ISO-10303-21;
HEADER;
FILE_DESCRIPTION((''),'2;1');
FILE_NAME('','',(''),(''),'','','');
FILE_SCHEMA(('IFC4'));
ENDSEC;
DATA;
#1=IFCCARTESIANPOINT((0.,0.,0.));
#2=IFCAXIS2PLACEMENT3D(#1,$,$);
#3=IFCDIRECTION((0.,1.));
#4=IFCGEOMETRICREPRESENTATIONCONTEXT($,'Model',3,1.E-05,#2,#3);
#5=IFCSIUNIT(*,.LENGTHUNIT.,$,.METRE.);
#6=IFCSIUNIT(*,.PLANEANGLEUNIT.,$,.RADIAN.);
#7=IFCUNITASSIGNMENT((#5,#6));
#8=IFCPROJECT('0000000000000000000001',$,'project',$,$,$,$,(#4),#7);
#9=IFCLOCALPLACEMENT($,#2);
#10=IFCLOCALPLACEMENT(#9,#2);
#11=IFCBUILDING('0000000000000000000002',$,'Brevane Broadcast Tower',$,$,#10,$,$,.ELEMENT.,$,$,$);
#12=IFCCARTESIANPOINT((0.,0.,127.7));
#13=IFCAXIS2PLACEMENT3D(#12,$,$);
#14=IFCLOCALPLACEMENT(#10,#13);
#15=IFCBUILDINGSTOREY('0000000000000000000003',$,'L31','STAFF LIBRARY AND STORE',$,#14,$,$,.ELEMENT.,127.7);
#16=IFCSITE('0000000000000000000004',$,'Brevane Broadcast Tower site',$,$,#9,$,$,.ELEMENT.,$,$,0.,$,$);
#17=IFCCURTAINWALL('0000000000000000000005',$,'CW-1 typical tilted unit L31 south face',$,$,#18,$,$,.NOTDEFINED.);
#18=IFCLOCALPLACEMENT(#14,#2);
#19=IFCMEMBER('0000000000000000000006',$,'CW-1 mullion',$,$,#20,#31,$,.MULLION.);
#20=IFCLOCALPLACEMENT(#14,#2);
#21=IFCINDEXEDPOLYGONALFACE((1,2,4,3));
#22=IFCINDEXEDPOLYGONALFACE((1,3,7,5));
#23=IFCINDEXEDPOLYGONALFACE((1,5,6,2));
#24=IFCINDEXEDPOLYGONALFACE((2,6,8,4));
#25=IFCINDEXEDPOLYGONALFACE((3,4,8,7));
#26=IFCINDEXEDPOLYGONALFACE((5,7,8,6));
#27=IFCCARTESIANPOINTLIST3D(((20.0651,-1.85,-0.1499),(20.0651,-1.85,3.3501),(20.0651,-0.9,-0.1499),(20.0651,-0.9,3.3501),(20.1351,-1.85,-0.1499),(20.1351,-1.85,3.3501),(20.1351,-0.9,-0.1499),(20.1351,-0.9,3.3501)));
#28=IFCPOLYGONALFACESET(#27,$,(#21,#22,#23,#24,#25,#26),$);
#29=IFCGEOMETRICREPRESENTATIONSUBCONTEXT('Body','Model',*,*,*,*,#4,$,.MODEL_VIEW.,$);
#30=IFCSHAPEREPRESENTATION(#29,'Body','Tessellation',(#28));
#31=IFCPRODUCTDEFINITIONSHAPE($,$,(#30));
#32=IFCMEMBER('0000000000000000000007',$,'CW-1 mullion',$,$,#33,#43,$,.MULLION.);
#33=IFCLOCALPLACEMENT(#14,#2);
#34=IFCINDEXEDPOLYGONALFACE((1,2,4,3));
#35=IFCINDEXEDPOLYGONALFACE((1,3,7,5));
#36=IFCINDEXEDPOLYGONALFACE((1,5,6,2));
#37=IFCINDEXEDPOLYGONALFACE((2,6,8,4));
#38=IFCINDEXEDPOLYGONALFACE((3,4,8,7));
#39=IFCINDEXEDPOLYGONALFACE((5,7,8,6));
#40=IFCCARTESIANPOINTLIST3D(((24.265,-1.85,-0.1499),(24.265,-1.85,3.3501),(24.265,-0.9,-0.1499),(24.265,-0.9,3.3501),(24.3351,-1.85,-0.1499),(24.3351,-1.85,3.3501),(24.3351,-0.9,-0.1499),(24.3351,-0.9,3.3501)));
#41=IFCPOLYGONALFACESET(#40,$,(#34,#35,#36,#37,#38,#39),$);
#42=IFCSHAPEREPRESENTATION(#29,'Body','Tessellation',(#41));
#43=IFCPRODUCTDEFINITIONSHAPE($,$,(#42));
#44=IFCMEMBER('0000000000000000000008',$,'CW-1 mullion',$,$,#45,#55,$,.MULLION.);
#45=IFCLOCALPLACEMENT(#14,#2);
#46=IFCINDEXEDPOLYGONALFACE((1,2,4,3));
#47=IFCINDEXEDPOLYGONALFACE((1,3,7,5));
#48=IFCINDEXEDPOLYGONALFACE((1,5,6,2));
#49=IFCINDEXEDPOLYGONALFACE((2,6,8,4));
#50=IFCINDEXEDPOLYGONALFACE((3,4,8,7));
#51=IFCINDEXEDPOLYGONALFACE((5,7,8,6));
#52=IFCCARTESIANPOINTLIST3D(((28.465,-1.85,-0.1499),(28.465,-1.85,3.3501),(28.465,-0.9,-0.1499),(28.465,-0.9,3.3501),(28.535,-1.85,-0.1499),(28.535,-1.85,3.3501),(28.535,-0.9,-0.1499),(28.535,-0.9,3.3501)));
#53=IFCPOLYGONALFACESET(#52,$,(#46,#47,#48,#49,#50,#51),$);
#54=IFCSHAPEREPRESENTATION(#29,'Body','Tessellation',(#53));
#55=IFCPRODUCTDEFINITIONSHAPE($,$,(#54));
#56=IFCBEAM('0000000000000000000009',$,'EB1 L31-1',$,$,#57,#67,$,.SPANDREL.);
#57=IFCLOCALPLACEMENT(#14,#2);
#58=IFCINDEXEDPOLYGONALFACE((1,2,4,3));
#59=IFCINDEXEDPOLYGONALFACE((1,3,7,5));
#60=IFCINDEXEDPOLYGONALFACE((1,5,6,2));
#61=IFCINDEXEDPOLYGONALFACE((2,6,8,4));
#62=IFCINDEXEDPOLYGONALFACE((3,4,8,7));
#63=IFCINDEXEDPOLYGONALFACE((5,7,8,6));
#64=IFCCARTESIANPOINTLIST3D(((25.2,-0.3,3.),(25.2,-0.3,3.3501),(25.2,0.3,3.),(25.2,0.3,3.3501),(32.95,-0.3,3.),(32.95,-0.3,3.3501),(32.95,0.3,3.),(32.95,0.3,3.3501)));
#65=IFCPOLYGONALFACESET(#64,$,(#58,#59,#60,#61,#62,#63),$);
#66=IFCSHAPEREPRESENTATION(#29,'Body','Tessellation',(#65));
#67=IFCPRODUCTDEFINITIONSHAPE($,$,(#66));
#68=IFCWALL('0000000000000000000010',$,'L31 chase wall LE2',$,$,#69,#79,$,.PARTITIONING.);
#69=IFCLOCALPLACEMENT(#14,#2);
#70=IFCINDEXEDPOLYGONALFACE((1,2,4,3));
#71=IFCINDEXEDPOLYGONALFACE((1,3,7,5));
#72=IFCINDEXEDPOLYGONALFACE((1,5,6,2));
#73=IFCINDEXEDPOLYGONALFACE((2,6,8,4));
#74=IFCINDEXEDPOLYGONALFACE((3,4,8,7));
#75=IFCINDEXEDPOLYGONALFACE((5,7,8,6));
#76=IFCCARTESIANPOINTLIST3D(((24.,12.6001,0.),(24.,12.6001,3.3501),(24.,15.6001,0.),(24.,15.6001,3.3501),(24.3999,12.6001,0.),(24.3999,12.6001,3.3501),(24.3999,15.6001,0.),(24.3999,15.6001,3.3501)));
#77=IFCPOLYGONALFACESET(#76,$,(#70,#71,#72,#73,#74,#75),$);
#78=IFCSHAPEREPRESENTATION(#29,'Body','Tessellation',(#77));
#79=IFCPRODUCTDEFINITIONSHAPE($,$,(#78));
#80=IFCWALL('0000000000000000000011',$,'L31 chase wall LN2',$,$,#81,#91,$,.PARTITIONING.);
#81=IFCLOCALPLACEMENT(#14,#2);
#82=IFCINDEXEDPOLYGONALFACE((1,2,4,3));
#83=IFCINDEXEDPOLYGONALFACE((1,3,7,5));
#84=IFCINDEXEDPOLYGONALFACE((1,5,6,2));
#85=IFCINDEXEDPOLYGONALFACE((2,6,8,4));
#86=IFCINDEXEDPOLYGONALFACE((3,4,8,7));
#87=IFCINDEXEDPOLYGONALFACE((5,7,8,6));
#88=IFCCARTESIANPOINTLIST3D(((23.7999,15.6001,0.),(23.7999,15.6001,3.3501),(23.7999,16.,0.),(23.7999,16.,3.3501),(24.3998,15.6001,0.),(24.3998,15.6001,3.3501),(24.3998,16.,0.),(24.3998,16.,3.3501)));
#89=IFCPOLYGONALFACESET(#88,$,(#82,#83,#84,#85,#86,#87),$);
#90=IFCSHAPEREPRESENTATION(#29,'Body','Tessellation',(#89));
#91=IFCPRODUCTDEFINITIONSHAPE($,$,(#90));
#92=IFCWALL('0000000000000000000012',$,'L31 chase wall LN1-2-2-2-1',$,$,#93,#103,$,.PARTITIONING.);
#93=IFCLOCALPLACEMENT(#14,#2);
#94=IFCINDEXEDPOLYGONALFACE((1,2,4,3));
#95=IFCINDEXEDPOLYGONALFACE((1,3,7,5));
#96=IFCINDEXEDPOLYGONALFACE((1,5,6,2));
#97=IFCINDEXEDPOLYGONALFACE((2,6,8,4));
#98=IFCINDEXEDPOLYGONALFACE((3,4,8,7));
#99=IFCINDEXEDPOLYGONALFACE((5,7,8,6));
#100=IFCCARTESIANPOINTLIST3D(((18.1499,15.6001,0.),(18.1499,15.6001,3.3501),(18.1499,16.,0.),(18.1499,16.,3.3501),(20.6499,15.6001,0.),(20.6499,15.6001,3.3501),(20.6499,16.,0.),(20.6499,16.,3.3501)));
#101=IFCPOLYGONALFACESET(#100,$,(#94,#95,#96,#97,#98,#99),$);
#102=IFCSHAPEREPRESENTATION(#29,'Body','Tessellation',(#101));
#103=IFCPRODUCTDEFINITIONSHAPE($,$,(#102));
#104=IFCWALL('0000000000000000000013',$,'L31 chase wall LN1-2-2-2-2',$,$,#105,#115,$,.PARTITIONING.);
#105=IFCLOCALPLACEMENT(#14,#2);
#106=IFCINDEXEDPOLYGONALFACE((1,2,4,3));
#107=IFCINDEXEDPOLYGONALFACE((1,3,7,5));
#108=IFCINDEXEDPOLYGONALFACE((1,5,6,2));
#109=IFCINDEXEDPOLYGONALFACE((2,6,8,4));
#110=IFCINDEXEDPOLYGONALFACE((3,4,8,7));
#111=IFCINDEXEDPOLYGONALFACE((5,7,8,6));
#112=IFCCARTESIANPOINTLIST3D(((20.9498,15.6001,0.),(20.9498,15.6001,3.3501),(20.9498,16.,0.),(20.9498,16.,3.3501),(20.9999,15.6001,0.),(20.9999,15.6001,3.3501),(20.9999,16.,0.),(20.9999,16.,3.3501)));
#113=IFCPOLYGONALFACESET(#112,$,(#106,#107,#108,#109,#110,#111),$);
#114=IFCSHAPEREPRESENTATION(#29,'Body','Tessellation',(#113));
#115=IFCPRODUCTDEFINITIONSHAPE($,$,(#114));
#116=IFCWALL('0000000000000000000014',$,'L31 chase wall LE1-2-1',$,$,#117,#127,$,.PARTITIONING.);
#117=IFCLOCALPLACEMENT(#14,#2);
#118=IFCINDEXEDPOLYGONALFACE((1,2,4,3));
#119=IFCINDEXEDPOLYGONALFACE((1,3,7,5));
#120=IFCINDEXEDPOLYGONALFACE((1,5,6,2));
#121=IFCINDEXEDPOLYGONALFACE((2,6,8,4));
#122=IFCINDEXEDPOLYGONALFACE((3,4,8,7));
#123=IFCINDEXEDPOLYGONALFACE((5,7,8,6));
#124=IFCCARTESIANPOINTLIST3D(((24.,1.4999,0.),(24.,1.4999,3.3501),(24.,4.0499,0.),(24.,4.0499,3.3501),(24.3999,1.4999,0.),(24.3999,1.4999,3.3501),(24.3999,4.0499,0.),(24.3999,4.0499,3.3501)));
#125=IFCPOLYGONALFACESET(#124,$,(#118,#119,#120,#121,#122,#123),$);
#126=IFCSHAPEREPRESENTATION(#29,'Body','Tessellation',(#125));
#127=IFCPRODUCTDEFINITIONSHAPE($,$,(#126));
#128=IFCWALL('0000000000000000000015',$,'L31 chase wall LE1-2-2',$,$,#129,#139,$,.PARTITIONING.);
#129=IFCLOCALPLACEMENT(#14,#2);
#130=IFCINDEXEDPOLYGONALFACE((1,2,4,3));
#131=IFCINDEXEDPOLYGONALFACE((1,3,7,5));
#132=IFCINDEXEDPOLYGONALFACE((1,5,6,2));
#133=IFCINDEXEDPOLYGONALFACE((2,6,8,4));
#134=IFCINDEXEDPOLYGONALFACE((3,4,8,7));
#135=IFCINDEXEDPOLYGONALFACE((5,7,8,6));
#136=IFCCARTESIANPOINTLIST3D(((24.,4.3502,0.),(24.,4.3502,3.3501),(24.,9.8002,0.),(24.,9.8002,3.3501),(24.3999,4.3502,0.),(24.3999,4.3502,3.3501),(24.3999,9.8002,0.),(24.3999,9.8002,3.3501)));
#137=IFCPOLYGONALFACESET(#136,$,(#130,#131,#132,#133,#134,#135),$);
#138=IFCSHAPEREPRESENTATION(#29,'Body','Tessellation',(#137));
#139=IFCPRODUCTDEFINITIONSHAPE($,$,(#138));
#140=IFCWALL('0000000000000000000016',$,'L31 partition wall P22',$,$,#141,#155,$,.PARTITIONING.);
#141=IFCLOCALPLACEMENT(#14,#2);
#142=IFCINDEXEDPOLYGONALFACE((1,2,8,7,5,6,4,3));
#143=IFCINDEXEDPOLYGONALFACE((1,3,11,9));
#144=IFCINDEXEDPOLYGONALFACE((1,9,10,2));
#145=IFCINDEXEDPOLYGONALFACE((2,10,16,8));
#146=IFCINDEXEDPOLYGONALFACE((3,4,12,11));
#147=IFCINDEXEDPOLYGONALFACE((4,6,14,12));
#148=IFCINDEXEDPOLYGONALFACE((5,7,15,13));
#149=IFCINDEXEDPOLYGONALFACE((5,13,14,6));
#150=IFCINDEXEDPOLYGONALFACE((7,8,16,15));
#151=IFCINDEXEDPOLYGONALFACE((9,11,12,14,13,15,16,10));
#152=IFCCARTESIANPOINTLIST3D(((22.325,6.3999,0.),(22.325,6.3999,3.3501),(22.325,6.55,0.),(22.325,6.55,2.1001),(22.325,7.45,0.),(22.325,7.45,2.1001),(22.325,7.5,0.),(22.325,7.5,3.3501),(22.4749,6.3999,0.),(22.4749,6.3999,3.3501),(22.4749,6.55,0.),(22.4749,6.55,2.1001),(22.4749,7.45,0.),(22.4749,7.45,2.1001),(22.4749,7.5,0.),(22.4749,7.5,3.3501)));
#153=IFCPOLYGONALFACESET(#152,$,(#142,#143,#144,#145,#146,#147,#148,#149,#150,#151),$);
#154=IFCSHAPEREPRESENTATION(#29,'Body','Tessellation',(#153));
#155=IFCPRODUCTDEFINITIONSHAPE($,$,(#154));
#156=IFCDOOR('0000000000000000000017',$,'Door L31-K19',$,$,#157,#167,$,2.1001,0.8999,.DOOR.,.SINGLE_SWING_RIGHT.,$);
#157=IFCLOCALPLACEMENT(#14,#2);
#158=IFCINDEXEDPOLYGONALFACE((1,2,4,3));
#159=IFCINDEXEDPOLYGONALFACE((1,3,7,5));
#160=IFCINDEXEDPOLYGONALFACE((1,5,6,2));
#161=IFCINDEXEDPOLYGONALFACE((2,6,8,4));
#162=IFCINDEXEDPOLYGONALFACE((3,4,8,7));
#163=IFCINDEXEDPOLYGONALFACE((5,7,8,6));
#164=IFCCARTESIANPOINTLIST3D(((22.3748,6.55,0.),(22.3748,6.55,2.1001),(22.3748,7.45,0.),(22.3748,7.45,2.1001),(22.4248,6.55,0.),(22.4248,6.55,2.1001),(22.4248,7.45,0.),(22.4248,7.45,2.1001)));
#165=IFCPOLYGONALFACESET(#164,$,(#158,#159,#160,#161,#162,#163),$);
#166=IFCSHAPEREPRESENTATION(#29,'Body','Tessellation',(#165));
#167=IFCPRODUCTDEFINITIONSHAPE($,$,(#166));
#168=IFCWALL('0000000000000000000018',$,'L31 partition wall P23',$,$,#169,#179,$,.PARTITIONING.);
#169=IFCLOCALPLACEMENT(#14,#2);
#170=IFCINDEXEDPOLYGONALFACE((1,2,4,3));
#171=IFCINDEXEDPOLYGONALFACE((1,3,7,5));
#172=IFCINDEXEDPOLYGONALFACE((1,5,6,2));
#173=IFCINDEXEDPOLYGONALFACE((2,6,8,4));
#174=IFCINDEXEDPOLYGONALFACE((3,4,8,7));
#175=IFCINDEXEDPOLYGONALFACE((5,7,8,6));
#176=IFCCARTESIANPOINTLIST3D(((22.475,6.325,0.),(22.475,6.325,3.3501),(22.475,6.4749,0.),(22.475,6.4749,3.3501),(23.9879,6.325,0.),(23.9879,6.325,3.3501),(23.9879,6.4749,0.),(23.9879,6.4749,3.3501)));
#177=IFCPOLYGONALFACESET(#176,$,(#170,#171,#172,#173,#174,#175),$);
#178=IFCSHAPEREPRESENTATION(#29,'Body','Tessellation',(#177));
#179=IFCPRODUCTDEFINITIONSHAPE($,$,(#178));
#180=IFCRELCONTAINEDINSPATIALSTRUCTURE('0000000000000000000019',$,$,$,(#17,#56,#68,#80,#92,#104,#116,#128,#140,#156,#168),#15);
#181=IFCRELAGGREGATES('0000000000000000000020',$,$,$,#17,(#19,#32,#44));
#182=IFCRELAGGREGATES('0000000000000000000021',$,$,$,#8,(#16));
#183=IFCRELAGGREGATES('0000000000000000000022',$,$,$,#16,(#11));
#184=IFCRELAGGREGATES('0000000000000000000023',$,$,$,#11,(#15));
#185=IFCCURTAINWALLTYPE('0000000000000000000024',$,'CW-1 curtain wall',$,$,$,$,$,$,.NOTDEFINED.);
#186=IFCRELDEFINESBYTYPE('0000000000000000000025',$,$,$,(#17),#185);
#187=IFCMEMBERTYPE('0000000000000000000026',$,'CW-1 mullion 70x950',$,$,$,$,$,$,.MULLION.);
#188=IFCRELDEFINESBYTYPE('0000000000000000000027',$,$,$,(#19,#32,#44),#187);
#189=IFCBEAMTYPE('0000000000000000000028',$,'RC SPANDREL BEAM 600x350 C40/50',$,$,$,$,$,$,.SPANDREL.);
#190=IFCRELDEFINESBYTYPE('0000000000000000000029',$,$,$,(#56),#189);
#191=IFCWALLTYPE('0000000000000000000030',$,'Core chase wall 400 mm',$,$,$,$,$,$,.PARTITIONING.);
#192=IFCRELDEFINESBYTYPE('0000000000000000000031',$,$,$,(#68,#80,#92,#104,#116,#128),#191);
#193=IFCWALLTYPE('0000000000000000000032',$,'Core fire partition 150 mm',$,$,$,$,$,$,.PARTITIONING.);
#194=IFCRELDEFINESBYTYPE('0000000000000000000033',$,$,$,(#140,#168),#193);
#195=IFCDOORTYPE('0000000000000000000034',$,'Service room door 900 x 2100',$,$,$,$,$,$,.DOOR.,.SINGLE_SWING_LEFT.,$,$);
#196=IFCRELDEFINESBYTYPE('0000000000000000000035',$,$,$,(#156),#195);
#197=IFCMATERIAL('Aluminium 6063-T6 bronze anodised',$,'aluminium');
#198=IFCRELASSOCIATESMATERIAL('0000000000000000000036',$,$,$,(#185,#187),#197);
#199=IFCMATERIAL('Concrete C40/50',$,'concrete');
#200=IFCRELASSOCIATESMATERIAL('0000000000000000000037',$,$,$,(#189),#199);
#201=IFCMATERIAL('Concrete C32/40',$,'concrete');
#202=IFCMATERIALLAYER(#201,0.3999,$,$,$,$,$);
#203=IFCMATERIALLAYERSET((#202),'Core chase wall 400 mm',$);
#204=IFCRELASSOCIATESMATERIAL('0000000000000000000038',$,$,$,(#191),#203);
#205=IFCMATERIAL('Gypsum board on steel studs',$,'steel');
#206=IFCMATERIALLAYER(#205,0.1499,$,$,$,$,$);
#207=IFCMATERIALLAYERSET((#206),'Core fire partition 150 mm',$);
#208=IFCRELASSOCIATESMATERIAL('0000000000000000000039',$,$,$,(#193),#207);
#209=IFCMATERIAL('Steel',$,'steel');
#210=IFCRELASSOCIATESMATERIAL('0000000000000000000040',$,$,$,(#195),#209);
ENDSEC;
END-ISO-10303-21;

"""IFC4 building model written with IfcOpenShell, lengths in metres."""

from ifc_helpers import new_model, si_unit, direction, frame, frame_2d, origin, origin_2d, place, context, subcontext, project, spatial, rectangle, extrude, material, layer, layer_set, material_profile, profile_set, type_object, element, fill, aggregate, save


model = new_model("IFC4")

# Units and contexts
model_context = context("Model", 3, precision=1e-05, world=origin(), true_north=direction((0.0, 1.0)))
body_context = subcontext(model_context, "Body", "Model", "MODEL_VIEW")
ifc_project = project(units=[si_unit("LENGTHUNIT", "METRE"), si_unit("PLANEANGLEUNIT", "RADIAN")], contexts=[model_context])

# Site, building, storey
site_placement = place(None, origin())
site = spatial("IfcSite", under=ifc_project, at=site_placement, Name="Brevane Broadcast Tower site", CompositionType="ELEMENT", RefElevation=0.0)
building_placement = place(site_placement, origin())
building = spatial("IfcBuilding", under=site, at=building_placement, Name="Brevane Broadcast Tower", CompositionType="ELEMENT")
storey_placement = place(building_placement, frame((0.0, 0.0, 127.7)))
storey = spatial("IfcBuildingStorey", under=building, at=storey_placement, Name="L31", Description="STAFF LIBRARY AND STORE", CompositionType="ELEMENT", Elevation=127.7)

# Curtain wall, members
ifc_material_1 = material(Name="Aluminium 6063-T6 bronze anodised", Category="aluminium")
curtain_wall_type = type_object("IfcCurtainWallType", Name="CW-1 curtain wall", PredefinedType="NOTDEFINED", material=ifc_material_1)
curtain_wall_placement = place(storey_placement, origin())
curtain_wall = element("IfcCurtainWall", 1, at=curtain_wall_placement, inside=storey, type_object=curtain_wall_type, Name="CW-1 typical tilted unit L31 south face", PredefinedType="NOTDEFINED")
ifc_material_profile_1 = material_profile(ifc_material_1, rectangle(XDim=0.95, YDim=0.0701, at=origin_2d()), Name="RECT 70x950")
ifc_profile_set_1 = profile_set([ifc_material_profile_1], Name="Aluminium 6063-T6 bronze anodised")
member_type = type_object("IfcMemberType", Name="CW-1 mullion 70x950", PredefinedType="MULLION", material=ifc_profile_set_1)
member_1_placement = place(storey_placement, frame((20.1001, -1.375, -0.1499), z_axis=(0.0, 0.0, 1.0), x_axis=(0.0, 1.0, 0.0)))
member_1 = element("IfcMember", 2, at=member_1_placement, type_object=member_type, Name="CW-1 mullion", PredefinedType="MULLION", context=body_context, shape_type="SweptSolid", body=[
    extrude(rectangle(XDim=0.95, YDim=0.0701, at=origin_2d()), origin(), (0.0, 0.0, 1.0), 3.5),
])
member_2_placement = place(storey_placement, frame((24.3, -1.375, -0.1499), z_axis=(0.0, 0.0, 1.0), x_axis=(0.0, 1.0, 0.0)))
member_2 = element("IfcMember", 3, at=member_2_placement, type_object=member_type, Name="CW-1 mullion", PredefinedType="MULLION", context=body_context, shape_type="SweptSolid", body=[
    extrude(rectangle(XDim=0.95, YDim=0.0701, at=origin_2d()), origin(), (0.0, 0.0, 1.0), 3.5),
])
member_3_placement = place(storey_placement, frame((28.5, -1.375, -0.1499), z_axis=(0.0, 0.0, 1.0), x_axis=(0.0, 1.0, 0.0)))
member_3 = element("IfcMember", 4, at=member_3_placement, type_object=member_type, Name="CW-1 mullion", PredefinedType="MULLION", context=body_context, shape_type="SweptSolid", body=[
    extrude(rectangle(XDim=0.95, YDim=0.0701, at=origin_2d()), origin(), (0.0, 0.0, 1.0), 3.5),
])
aggregate(curtain_wall, [member_1, member_2, member_3])

# Beam
ifc_material_2 = material(Name="Concrete C40/50", Category="concrete")
ifc_material_profile_2 = material_profile(ifc_material_2, rectangle(XDim=0.6001, YDim=0.3501, at=origin_2d()), Name="RC 600x350")
ifc_profile_set_2 = profile_set([ifc_material_profile_2], Name="Concrete C40/50")
beam_type = type_object("IfcBeamType", Name="RC SPANDREL BEAM 600x350 C40/50", PredefinedType="SPANDREL", material=ifc_profile_set_2)
beam_placement = place(storey_placement, frame((25.2, 0.0, 3.175), z_axis=(1.0, 0.0, 0.0), x_axis=(0.0, 1.0, 0.0)))
element("IfcBeam", 5, at=beam_placement, inside=storey, type_object=beam_type, Name="EB1 L31-1", PredefinedType="SPANDREL", context=body_context, shape_type="SweptSolid", body=[
    extrude(rectangle(XDim=0.6001, YDim=0.3501, at=origin_2d()), origin(), (0.0, 0.0, 1.0), 7.75),
])

# Walls
ifc_material_3 = material(Name="Concrete C32/40", Category="concrete")
ifc_layer_1 = layer(ifc_material_3, 0.3999)
ifc_layer_set_1 = layer_set([ifc_layer_1], Name="Core chase wall 400 mm")
wall_type_1 = type_object("IfcWallType", Name="Core chase wall 400 mm", PredefinedType="PARTITIONING", material=ifc_layer_set_1)
wall_1_placement = place(storey_placement, frame((24.2, 12.6001, 0.0), z_axis=(0.0, 0.0, 1.0), x_axis=(0.0, 1.0, 0.0)))
element("IfcWall", 6, at=wall_1_placement, inside=storey, type_object=wall_type_1, Name="L31 chase wall LE2", PredefinedType="PARTITIONING", context=body_context, shape_type="SweptSolid", body=[
    extrude(rectangle(XDim=3.0, YDim=0.3999, at=frame_2d((1.5, 0.0))), origin(), (0.0, 0.0, 1.0), 3.3501),
])
wall_2_placement = place(storey_placement, frame((23.8, 15.8, 0.0), z_axis=(0.0, 0.0, 1.0), x_axis=(1.0, 0.0, 0.0)))
element("IfcWall", 7, at=wall_2_placement, inside=storey, type_object=wall_type_1, Name="L31 chase wall LN2", PredefinedType="PARTITIONING", context=body_context, shape_type="SweptSolid", body=[
    extrude(rectangle(XDim=0.5999, YDim=0.3999, at=frame_2d((0.2998, 0.0))), origin(), (0.0, 0.0, 1.0), 3.3501),
])
wall_3_placement = place(storey_placement, frame((18.1499, 15.8, 0.0), z_axis=(0.0, 0.0, 1.0), x_axis=(1.0, 0.0, 0.0)))
element("IfcWall", 8, at=wall_3_placement, inside=storey, type_object=wall_type_1, Name="L31 chase wall LN1-2-2-2-1", PredefinedType="PARTITIONING", context=body_context, shape_type="SweptSolid", body=[
    extrude(rectangle(XDim=2.5, YDim=0.3999, at=frame_2d((1.25, 0.0))), origin(), (0.0, 0.0, 1.0), 3.3501),
])
wall_4_placement = place(storey_placement, frame((20.95, 15.8, 0.0), z_axis=(0.0, 0.0, 1.0), x_axis=(1.0, 0.0, 0.0)))
element("IfcWall", 9, at=wall_4_placement, inside=storey, type_object=wall_type_1, Name="L31 chase wall LN1-2-2-2-2", PredefinedType="PARTITIONING", context=body_context, shape_type="SweptSolid", body=[
    extrude(rectangle(XDim=0.05, YDim=0.3999, at=frame_2d((0.0249, 0.0))), origin(), (0.0, 0.0, 1.0), 3.3501),
])
wall_5_placement = place(storey_placement, frame((24.2, 1.5, 0.0), z_axis=(0.0, 0.0, 1.0), x_axis=(0.0, 1.0, 0.0)))
element("IfcWall", 10, at=wall_5_placement, inside=storey, type_object=wall_type_1, Name="L31 chase wall LE1-2-1", PredefinedType="PARTITIONING", context=body_context, shape_type="SweptSolid", body=[
    extrude(rectangle(XDim=2.55, YDim=0.3999, at=frame_2d((1.2749, 0.0))), origin(), (0.0, 0.0, 1.0), 3.3501),
])
wall_6_placement = place(storey_placement, frame((24.2, 4.3501, 0.0), z_axis=(0.0, 0.0, 1.0), x_axis=(0.0, 1.0, 0.0)))
element("IfcWall", 11, at=wall_6_placement, inside=storey, type_object=wall_type_1, Name="L31 chase wall LE1-2-2", PredefinedType="PARTITIONING", context=body_context, shape_type="SweptSolid", body=[
    extrude(rectangle(XDim=5.45, YDim=0.3999, at=frame_2d((2.7251, 0.0))), origin(), (0.0, 0.0, 1.0), 3.3501),
])

# Wall, opening, door
ifc_material_4 = material(Name="Gypsum board on steel studs", Category="steel")
ifc_layer_2 = layer(ifc_material_4, 0.1499)
ifc_layer_set_2 = layer_set([ifc_layer_2], Name="Core fire partition 150 mm")
wall_type_2 = type_object("IfcWallType", Name="Core fire partition 150 mm", PredefinedType="PARTITIONING", material=ifc_layer_set_2)
wall_7_placement = place(storey_placement, frame((22.3999, 7.5, 0.0), z_axis=(0.0, 0.0, 1.0), x_axis=(0.0, -1.0, 0.0)))
wall_7 = element("IfcWall", 12, at=wall_7_placement, inside=storey, type_object=wall_type_2, Name="L31 partition wall P22", PredefinedType="PARTITIONING", context=body_context, shape_type="SweptSolid", body=[
    extrude(rectangle(XDim=1.1001, YDim=0.1499, at=frame_2d((0.55, 0.0))), origin(), (0.0, 0.0, 1.0), 3.3501),
])
opening_1_placement = place(wall_7_placement, frame((0.05, 0.0, 0.0)))
opening_1 = element("IfcOpeningElement", 13, at=opening_1_placement, cuts=wall_7, PredefinedType="OPENING", context=body_context, shape_type="SweptSolid", body=[
    extrude(rectangle(XDim=0.8999, YDim=2.1001, at=frame_2d((0.45, 1.05))), frame((0.0, 0.085, 0.0), z_axis=(0.0, -1.0, 0.0), x_axis=(1.0, 0.0, 0.0)), (0.0, 0.0, 1.0), 0.1699),
])
ifc_material_5 = material(Name="Steel", Category="steel")
door_type = type_object("IfcDoorType", Name="Service room door 900 x 2100", OperationType="SINGLE_SWING_LEFT", PredefinedType="DOOR", material=ifc_material_5)
door_1_placement = place(opening_1_placement, origin())
door_1 = element("IfcDoor", 14, at=door_1_placement, inside=storey, type_object=door_type, Name="Door L31-K19", OperationType="SINGLE_SWING_RIGHT", OverallHeight=2.1001, OverallWidth=0.8999, PredefinedType="DOOR", context=body_context, shape_type="SweptSolid", body=[
    extrude(rectangle(XDim=0.8999, YDim=2.1001, at=frame_2d((0.45, 1.05))), frame((0.0, 0.0249, 0.0), z_axis=(0.0, -1.0, 0.0), x_axis=(1.0, 0.0, 0.0)), (0.0, 0.0, 1.0), 0.05),
])
fill(opening_1, door_1)

# Wall
wall_8_placement = place(storey_placement, frame((22.4751, 6.3999, 0.0), z_axis=(0.0, 0.0, 1.0), x_axis=(1.0, 0.0, 0.0)))
element("IfcWall", 15, at=wall_8_placement, inside=storey, type_object=wall_type_2, Name="L31 partition wall P23", PredefinedType="PARTITIONING", context=body_context, shape_type="SweptSolid", body=[
    extrude(rectangle(XDim=1.5129, YDim=0.1499, at=frame_2d((0.7563, 0.0))), origin(), (0.0, 0.0, 1.0), 3.3501),
])

save(model, "model.ifc")
